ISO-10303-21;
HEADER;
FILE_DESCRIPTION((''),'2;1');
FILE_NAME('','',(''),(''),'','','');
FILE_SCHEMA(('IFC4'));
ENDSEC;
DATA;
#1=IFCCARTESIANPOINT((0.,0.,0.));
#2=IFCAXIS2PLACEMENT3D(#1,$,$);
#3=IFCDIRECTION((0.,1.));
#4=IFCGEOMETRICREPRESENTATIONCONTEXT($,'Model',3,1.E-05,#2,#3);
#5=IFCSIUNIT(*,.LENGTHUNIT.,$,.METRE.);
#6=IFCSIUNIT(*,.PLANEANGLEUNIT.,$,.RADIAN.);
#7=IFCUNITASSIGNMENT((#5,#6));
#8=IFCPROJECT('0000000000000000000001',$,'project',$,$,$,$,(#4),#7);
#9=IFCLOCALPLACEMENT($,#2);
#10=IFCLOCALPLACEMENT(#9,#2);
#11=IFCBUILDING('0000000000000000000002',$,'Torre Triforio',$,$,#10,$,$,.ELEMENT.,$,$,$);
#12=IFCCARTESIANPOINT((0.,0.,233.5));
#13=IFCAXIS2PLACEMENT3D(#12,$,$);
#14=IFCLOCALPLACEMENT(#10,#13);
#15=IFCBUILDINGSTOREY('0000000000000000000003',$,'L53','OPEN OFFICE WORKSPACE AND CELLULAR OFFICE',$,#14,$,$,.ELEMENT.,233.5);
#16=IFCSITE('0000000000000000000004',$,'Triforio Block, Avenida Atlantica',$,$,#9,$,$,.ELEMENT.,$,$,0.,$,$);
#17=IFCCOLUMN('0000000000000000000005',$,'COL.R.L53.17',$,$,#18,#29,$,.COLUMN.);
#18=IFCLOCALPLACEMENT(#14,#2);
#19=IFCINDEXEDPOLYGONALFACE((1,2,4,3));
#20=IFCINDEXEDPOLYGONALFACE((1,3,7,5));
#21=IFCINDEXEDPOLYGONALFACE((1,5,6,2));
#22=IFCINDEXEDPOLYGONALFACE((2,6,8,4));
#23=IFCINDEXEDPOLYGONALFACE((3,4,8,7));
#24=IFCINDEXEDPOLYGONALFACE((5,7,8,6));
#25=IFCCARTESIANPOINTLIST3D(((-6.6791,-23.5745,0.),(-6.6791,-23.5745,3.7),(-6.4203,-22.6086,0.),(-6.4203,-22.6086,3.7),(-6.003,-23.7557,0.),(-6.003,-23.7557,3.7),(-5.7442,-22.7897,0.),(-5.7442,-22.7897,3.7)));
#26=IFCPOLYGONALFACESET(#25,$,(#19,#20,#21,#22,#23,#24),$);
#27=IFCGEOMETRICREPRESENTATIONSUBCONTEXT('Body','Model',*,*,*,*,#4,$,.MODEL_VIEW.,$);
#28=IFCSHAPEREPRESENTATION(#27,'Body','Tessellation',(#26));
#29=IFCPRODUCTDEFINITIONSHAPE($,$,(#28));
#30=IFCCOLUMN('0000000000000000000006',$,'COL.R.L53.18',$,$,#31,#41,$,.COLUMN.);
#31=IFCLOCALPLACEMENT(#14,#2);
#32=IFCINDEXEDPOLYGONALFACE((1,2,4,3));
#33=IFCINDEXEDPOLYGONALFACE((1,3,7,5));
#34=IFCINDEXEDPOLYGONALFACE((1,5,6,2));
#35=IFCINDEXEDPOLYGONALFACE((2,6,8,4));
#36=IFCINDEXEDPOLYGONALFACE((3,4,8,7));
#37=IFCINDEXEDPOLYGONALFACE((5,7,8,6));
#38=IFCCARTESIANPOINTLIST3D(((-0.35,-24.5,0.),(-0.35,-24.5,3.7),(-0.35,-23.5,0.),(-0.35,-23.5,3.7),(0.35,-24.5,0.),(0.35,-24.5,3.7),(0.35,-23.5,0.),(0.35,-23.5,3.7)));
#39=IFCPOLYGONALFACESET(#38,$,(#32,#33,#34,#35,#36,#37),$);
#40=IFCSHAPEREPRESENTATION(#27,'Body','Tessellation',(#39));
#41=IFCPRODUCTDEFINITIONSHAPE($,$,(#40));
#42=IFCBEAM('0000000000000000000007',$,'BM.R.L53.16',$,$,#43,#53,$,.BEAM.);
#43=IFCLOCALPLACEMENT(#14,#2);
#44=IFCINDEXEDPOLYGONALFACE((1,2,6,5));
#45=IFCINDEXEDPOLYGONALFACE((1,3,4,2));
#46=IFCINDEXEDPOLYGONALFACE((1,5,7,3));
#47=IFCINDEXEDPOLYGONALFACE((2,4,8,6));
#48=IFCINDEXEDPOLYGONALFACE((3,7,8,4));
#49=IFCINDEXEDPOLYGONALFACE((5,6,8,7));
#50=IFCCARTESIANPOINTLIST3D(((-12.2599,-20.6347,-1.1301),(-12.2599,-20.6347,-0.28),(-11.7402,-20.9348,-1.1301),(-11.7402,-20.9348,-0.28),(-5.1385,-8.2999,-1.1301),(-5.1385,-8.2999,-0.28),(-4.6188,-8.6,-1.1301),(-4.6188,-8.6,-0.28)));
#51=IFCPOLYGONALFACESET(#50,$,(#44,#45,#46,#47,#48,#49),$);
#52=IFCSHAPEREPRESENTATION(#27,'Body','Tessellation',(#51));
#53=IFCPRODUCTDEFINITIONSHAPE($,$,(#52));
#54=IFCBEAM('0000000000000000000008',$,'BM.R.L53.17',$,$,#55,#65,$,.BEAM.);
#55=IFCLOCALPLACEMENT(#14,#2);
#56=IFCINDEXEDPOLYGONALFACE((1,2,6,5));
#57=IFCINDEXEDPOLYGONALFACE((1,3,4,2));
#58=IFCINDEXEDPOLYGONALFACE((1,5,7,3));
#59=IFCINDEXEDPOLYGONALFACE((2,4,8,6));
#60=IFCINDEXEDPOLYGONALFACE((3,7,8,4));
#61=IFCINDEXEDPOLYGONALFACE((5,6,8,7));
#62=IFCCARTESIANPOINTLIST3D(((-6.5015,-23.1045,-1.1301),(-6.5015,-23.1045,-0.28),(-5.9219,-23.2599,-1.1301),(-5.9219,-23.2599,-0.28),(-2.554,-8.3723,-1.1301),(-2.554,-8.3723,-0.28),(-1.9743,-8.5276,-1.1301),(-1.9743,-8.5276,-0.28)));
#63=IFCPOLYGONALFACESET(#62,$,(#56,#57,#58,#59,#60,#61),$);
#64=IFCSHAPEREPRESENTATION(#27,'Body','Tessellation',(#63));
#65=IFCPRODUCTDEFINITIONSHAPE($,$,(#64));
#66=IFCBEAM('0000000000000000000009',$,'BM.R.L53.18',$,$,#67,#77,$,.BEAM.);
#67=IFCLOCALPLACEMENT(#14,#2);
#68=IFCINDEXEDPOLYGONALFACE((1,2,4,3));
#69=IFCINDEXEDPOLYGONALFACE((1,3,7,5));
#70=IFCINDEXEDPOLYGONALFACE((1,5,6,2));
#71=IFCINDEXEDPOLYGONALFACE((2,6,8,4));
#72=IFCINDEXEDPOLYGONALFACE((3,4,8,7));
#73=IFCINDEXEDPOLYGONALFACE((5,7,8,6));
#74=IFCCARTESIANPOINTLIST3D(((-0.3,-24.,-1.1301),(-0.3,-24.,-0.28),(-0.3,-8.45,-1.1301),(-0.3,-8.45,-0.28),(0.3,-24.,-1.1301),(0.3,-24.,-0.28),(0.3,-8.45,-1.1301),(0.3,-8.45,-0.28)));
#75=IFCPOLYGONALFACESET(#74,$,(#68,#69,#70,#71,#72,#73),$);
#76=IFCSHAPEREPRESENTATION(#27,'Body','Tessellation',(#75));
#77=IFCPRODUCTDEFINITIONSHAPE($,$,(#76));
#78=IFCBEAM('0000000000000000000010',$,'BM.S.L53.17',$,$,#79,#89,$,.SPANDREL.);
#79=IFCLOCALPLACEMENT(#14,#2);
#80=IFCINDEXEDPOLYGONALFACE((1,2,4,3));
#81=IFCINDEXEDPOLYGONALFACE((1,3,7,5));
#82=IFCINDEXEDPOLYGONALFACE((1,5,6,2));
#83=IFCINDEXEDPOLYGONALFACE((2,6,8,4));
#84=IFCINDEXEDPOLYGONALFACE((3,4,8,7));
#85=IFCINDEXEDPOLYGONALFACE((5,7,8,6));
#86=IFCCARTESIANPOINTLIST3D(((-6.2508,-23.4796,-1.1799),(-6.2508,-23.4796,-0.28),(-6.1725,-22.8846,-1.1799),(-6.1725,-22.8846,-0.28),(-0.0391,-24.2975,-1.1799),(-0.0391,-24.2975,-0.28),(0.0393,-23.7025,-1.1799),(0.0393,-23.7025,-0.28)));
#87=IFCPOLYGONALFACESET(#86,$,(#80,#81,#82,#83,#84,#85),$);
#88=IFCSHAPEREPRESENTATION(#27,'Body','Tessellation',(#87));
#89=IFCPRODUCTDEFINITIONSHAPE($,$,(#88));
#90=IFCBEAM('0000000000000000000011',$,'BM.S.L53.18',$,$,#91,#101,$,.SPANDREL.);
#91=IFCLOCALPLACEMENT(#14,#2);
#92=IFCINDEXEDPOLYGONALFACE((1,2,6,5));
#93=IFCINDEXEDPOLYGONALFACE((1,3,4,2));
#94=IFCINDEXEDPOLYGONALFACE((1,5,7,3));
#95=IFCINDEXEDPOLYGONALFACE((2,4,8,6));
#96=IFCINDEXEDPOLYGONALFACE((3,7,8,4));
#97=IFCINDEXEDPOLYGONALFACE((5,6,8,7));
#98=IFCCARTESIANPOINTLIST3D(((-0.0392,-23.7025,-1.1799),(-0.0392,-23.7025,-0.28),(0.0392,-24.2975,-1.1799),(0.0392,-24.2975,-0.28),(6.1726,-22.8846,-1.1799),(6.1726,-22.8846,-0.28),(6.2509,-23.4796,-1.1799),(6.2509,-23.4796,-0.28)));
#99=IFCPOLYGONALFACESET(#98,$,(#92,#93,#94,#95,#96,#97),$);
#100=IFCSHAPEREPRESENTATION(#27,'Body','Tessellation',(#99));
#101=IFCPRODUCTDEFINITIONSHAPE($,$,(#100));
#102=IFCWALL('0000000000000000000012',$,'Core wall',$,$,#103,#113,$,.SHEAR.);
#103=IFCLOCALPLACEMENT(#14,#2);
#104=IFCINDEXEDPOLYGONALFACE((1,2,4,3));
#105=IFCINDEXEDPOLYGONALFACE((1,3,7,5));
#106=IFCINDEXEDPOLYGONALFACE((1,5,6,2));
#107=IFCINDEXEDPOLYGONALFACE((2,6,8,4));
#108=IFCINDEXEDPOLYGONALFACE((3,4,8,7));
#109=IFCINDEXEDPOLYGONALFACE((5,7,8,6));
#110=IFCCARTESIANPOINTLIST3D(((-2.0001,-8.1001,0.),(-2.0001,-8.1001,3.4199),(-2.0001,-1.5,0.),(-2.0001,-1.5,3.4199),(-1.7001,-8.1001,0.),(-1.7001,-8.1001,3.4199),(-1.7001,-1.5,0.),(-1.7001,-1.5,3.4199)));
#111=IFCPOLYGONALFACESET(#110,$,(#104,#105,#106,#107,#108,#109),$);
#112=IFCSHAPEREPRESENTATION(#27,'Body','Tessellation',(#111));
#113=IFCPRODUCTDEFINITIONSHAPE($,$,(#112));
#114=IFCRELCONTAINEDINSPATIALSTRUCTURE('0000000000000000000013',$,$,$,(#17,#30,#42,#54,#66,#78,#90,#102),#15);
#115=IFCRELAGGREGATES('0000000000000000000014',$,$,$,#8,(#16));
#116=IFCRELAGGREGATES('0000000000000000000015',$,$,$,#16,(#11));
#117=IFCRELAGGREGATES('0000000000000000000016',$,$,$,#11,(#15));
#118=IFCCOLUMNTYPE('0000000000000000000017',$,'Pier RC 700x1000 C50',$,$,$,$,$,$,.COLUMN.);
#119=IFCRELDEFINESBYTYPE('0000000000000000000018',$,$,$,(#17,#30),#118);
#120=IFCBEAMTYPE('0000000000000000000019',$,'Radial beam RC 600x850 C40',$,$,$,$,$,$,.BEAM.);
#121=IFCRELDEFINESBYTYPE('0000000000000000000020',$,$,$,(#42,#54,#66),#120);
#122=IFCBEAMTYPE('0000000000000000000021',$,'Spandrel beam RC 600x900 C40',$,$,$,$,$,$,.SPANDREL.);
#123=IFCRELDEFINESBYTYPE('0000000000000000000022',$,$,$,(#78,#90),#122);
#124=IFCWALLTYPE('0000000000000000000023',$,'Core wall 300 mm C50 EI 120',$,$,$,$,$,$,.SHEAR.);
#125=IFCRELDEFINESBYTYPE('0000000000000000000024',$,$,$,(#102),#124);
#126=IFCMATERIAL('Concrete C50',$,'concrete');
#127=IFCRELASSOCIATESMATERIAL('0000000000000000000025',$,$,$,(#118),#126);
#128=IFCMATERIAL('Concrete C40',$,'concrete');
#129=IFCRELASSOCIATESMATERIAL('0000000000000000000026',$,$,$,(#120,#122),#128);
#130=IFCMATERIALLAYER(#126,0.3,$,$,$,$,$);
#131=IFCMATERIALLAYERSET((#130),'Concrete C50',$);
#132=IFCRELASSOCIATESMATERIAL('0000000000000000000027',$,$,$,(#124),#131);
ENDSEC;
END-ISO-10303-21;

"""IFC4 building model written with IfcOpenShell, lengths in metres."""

from ifc_helpers import new_model, si_unit, direction, frame, frame_2d, origin, origin_2d, place, context, subcontext, project, spatial, rectangle, extrude, material, layer, layer_set, material_profile, profile_set, type_object, element, save


model = new_model("IFC4")

# Units and contexts
model_context = context("Model", 3, precision=1e-05, world=origin(), true_north=direction((0.0, 1.0)))
body_context = subcontext(model_context, "Body", "Model", "MODEL_VIEW")
ifc_project = project(units=[si_unit("LENGTHUNIT", "METRE"), si_unit("PLANEANGLEUNIT", "RADIAN")], contexts=[model_context])

# Site, building, storey
site_placement = place(None, origin())
site = spatial("IfcSite", under=ifc_project, at=site_placement, Name="Triforio Block, Avenida Atlantica", CompositionType="ELEMENT", RefElevation=0.0)
building_placement = place(site_placement, origin())
building = spatial("IfcBuilding", under=site, at=building_placement, Name="Torre Triforio", CompositionType="ELEMENT")
storey_placement = place(building_placement, frame((0.0, 0.0, 233.5)))
storey = spatial("IfcBuildingStorey", under=building, at=storey_placement, Name="L53", Description="OPEN OFFICE WORKSPACE AND CELLULAR OFFICE", CompositionType="ELEMENT", Elevation=233.5)

# Columns
ifc_material_1 = material(Name="Concrete C50", Category="concrete")
ifc_material_profile_1 = material_profile(ifc_material_1, rectangle(XDim=0.7, YDim=1.0, at=origin_2d()), Name="RC 700x1000")
ifc_profile_set_1 = profile_set([ifc_material_profile_1], Name="Concrete C50")
column_type = type_object("IfcColumnType", Name="Pier RC 700x1000 C50", PredefinedType="COLUMN", material=ifc_profile_set_1)
for number, where, z_axis, x_axis, name in (
    (1, (-6.2117, -23.1821, 0.0), (0.0, 0.0, 1.0), (0.965926, -0.258819, 0.0), "COL.R.L53.17"),
    (2, (0.0, -24.0, 0.0), (0.0, 0.0, 1.0), (1.0, 0.0, 0.0), "COL.R.L53.18"),
):
    element("IfcColumn", number, at=place(storey_placement, frame(where, z_axis=z_axis, x_axis=x_axis)), inside=storey, type_object=column_type, Name=name, PredefinedType="COLUMN", context=body_context, shape_type="SweptSolid", body=[
        extrude(rectangle(XDim=0.7, YDim=1.0, at=origin_2d()), origin(), (0.0, 0.0, 1.0), 3.7),
    ])

# Beams
ifc_material_2 = material(Name="Concrete C40", Category="concrete")
ifc_material_profile_2 = material_profile(ifc_material_2, rectangle(XDim=0.6001, YDim=0.8501, at=origin_2d()), Name="RC 600x850")
ifc_profile_set_2 = profile_set([ifc_material_profile_2], Name="Concrete C40")
beam_type_1 = type_object("IfcBeamType", Name="Radial beam RC 600x850 C40", PredefinedType="BEAM", material=ifc_profile_set_2)
beam_1_placement = place(storey_placement, frame((-4.8787, -8.45, -0.7051), z_axis=(-0.499994, -0.866029, 0.0), x_axis=(0.866029, -0.499994, 0.0)))
element("IfcBeam", 3, at=beam_1_placement, inside=storey, type_object=beam_type_1, Name="BM.R.L53.16", PredefinedType="BEAM", context=body_context, shape_type="SweptSolid", body=[
    extrude(rectangle(XDim=0.6001, YDim=0.8501, at=origin_2d()), origin(), (0.0, 0.0, 1.0), 14.2429),
])
beam_2_placement = place(storey_placement, frame((-2.2642, -8.45, -0.7051), z_axis=(-0.258821, -0.965925, 0.0), x_axis=(0.965925, -0.258821, 0.0)))
element("IfcBeam", 4, at=beam_2_placement, inside=storey, type_object=beam_type_1, Name="BM.R.L53.17", PredefinedType="BEAM", context=body_context, shape_type="SweptSolid", body=[
    extrude(rectangle(XDim=0.6001, YDim=0.8501, at=origin_2d()), origin(), (0.0, 0.0, 1.0), 15.252),
])
beam_3_placement = place(storey_placement, frame((0.0, -8.45, -0.7051), z_axis=(0.0, -1.0, 0.0), x_axis=(1.0, 0.0, 0.0)))
element("IfcBeam", 5, at=beam_3_placement, inside=storey, type_object=beam_type_1, Name="BM.R.L53.18", PredefinedType="BEAM", context=body_context, shape_type="SweptSolid", body=[
    extrude(rectangle(XDim=0.6001, YDim=0.8501, at=origin_2d()), origin(), (0.0, 0.0, 1.0), 15.55),
])
ifc_material_profile_3 = material_profile(ifc_material_2, rectangle(XDim=0.6001, YDim=0.8999, at=origin_2d()), Name="RC 600x900")
ifc_profile_set_3 = profile_set([ifc_material_profile_3], Name="Concrete C40")
beam_type_2 = type_object("IfcBeamType", Name="Spandrel beam RC 600x900 C40", PredefinedType="SPANDREL", material=ifc_profile_set_3)
for number, where, z_axis, x_axis, name in (
    (6, (-6.2117, -23.1821, -0.73), (0.991443, -0.13054, 0.0), (0.13054, 0.991443, 0.0), "BM.S.L53.17"),
    (7, (0.0, -24.0, -0.73), (0.991443, 0.13054, 0.0), (-0.13054, 0.991443, 0.0), "BM.S.L53.18"),
):
    element("IfcBeam", number, at=place(storey_placement, frame(where, z_axis=z_axis, x_axis=x_axis)), inside=storey, type_object=beam_type_2, Name=name, PredefinedType="SPANDREL", context=body_context, shape_type="SweptSolid", body=[
        extrude(rectangle(XDim=0.6001, YDim=0.8999, at=origin_2d()), origin(), (0.0, 0.0, 1.0), 6.2654),
    ])

# Wall
ifc_layer_1 = layer(ifc_material_1, 0.3)
ifc_layer_set_1 = layer_set([ifc_layer_1], Name="Concrete C50")
wall_type_1 = type_object("IfcWallType", Name="Core wall 300 mm C50 EI 120", PredefinedType="SHEAR", material=ifc_layer_set_1)
wall_1_placement = place(storey_placement, frame((-1.8501, -8.1001, 0.0), z_axis=(0.0, 0.0, 1.0), x_axis=(0.0, 1.0, 0.0)))
element("IfcWall", 8, at=wall_1_placement, inside=storey, type_object=wall_type_1, Name="Core wall", PredefinedType="SHEAR", context=body_context, shape_type="SweptSolid", body=[
    extrude(rectangle(XDim=6.6001, YDim=0.3, at=frame_2d((3.3, 0.0))), origin(), (0.0, 0.0, 1.0), 3.4199),
])

save(model, "model.ifc")
